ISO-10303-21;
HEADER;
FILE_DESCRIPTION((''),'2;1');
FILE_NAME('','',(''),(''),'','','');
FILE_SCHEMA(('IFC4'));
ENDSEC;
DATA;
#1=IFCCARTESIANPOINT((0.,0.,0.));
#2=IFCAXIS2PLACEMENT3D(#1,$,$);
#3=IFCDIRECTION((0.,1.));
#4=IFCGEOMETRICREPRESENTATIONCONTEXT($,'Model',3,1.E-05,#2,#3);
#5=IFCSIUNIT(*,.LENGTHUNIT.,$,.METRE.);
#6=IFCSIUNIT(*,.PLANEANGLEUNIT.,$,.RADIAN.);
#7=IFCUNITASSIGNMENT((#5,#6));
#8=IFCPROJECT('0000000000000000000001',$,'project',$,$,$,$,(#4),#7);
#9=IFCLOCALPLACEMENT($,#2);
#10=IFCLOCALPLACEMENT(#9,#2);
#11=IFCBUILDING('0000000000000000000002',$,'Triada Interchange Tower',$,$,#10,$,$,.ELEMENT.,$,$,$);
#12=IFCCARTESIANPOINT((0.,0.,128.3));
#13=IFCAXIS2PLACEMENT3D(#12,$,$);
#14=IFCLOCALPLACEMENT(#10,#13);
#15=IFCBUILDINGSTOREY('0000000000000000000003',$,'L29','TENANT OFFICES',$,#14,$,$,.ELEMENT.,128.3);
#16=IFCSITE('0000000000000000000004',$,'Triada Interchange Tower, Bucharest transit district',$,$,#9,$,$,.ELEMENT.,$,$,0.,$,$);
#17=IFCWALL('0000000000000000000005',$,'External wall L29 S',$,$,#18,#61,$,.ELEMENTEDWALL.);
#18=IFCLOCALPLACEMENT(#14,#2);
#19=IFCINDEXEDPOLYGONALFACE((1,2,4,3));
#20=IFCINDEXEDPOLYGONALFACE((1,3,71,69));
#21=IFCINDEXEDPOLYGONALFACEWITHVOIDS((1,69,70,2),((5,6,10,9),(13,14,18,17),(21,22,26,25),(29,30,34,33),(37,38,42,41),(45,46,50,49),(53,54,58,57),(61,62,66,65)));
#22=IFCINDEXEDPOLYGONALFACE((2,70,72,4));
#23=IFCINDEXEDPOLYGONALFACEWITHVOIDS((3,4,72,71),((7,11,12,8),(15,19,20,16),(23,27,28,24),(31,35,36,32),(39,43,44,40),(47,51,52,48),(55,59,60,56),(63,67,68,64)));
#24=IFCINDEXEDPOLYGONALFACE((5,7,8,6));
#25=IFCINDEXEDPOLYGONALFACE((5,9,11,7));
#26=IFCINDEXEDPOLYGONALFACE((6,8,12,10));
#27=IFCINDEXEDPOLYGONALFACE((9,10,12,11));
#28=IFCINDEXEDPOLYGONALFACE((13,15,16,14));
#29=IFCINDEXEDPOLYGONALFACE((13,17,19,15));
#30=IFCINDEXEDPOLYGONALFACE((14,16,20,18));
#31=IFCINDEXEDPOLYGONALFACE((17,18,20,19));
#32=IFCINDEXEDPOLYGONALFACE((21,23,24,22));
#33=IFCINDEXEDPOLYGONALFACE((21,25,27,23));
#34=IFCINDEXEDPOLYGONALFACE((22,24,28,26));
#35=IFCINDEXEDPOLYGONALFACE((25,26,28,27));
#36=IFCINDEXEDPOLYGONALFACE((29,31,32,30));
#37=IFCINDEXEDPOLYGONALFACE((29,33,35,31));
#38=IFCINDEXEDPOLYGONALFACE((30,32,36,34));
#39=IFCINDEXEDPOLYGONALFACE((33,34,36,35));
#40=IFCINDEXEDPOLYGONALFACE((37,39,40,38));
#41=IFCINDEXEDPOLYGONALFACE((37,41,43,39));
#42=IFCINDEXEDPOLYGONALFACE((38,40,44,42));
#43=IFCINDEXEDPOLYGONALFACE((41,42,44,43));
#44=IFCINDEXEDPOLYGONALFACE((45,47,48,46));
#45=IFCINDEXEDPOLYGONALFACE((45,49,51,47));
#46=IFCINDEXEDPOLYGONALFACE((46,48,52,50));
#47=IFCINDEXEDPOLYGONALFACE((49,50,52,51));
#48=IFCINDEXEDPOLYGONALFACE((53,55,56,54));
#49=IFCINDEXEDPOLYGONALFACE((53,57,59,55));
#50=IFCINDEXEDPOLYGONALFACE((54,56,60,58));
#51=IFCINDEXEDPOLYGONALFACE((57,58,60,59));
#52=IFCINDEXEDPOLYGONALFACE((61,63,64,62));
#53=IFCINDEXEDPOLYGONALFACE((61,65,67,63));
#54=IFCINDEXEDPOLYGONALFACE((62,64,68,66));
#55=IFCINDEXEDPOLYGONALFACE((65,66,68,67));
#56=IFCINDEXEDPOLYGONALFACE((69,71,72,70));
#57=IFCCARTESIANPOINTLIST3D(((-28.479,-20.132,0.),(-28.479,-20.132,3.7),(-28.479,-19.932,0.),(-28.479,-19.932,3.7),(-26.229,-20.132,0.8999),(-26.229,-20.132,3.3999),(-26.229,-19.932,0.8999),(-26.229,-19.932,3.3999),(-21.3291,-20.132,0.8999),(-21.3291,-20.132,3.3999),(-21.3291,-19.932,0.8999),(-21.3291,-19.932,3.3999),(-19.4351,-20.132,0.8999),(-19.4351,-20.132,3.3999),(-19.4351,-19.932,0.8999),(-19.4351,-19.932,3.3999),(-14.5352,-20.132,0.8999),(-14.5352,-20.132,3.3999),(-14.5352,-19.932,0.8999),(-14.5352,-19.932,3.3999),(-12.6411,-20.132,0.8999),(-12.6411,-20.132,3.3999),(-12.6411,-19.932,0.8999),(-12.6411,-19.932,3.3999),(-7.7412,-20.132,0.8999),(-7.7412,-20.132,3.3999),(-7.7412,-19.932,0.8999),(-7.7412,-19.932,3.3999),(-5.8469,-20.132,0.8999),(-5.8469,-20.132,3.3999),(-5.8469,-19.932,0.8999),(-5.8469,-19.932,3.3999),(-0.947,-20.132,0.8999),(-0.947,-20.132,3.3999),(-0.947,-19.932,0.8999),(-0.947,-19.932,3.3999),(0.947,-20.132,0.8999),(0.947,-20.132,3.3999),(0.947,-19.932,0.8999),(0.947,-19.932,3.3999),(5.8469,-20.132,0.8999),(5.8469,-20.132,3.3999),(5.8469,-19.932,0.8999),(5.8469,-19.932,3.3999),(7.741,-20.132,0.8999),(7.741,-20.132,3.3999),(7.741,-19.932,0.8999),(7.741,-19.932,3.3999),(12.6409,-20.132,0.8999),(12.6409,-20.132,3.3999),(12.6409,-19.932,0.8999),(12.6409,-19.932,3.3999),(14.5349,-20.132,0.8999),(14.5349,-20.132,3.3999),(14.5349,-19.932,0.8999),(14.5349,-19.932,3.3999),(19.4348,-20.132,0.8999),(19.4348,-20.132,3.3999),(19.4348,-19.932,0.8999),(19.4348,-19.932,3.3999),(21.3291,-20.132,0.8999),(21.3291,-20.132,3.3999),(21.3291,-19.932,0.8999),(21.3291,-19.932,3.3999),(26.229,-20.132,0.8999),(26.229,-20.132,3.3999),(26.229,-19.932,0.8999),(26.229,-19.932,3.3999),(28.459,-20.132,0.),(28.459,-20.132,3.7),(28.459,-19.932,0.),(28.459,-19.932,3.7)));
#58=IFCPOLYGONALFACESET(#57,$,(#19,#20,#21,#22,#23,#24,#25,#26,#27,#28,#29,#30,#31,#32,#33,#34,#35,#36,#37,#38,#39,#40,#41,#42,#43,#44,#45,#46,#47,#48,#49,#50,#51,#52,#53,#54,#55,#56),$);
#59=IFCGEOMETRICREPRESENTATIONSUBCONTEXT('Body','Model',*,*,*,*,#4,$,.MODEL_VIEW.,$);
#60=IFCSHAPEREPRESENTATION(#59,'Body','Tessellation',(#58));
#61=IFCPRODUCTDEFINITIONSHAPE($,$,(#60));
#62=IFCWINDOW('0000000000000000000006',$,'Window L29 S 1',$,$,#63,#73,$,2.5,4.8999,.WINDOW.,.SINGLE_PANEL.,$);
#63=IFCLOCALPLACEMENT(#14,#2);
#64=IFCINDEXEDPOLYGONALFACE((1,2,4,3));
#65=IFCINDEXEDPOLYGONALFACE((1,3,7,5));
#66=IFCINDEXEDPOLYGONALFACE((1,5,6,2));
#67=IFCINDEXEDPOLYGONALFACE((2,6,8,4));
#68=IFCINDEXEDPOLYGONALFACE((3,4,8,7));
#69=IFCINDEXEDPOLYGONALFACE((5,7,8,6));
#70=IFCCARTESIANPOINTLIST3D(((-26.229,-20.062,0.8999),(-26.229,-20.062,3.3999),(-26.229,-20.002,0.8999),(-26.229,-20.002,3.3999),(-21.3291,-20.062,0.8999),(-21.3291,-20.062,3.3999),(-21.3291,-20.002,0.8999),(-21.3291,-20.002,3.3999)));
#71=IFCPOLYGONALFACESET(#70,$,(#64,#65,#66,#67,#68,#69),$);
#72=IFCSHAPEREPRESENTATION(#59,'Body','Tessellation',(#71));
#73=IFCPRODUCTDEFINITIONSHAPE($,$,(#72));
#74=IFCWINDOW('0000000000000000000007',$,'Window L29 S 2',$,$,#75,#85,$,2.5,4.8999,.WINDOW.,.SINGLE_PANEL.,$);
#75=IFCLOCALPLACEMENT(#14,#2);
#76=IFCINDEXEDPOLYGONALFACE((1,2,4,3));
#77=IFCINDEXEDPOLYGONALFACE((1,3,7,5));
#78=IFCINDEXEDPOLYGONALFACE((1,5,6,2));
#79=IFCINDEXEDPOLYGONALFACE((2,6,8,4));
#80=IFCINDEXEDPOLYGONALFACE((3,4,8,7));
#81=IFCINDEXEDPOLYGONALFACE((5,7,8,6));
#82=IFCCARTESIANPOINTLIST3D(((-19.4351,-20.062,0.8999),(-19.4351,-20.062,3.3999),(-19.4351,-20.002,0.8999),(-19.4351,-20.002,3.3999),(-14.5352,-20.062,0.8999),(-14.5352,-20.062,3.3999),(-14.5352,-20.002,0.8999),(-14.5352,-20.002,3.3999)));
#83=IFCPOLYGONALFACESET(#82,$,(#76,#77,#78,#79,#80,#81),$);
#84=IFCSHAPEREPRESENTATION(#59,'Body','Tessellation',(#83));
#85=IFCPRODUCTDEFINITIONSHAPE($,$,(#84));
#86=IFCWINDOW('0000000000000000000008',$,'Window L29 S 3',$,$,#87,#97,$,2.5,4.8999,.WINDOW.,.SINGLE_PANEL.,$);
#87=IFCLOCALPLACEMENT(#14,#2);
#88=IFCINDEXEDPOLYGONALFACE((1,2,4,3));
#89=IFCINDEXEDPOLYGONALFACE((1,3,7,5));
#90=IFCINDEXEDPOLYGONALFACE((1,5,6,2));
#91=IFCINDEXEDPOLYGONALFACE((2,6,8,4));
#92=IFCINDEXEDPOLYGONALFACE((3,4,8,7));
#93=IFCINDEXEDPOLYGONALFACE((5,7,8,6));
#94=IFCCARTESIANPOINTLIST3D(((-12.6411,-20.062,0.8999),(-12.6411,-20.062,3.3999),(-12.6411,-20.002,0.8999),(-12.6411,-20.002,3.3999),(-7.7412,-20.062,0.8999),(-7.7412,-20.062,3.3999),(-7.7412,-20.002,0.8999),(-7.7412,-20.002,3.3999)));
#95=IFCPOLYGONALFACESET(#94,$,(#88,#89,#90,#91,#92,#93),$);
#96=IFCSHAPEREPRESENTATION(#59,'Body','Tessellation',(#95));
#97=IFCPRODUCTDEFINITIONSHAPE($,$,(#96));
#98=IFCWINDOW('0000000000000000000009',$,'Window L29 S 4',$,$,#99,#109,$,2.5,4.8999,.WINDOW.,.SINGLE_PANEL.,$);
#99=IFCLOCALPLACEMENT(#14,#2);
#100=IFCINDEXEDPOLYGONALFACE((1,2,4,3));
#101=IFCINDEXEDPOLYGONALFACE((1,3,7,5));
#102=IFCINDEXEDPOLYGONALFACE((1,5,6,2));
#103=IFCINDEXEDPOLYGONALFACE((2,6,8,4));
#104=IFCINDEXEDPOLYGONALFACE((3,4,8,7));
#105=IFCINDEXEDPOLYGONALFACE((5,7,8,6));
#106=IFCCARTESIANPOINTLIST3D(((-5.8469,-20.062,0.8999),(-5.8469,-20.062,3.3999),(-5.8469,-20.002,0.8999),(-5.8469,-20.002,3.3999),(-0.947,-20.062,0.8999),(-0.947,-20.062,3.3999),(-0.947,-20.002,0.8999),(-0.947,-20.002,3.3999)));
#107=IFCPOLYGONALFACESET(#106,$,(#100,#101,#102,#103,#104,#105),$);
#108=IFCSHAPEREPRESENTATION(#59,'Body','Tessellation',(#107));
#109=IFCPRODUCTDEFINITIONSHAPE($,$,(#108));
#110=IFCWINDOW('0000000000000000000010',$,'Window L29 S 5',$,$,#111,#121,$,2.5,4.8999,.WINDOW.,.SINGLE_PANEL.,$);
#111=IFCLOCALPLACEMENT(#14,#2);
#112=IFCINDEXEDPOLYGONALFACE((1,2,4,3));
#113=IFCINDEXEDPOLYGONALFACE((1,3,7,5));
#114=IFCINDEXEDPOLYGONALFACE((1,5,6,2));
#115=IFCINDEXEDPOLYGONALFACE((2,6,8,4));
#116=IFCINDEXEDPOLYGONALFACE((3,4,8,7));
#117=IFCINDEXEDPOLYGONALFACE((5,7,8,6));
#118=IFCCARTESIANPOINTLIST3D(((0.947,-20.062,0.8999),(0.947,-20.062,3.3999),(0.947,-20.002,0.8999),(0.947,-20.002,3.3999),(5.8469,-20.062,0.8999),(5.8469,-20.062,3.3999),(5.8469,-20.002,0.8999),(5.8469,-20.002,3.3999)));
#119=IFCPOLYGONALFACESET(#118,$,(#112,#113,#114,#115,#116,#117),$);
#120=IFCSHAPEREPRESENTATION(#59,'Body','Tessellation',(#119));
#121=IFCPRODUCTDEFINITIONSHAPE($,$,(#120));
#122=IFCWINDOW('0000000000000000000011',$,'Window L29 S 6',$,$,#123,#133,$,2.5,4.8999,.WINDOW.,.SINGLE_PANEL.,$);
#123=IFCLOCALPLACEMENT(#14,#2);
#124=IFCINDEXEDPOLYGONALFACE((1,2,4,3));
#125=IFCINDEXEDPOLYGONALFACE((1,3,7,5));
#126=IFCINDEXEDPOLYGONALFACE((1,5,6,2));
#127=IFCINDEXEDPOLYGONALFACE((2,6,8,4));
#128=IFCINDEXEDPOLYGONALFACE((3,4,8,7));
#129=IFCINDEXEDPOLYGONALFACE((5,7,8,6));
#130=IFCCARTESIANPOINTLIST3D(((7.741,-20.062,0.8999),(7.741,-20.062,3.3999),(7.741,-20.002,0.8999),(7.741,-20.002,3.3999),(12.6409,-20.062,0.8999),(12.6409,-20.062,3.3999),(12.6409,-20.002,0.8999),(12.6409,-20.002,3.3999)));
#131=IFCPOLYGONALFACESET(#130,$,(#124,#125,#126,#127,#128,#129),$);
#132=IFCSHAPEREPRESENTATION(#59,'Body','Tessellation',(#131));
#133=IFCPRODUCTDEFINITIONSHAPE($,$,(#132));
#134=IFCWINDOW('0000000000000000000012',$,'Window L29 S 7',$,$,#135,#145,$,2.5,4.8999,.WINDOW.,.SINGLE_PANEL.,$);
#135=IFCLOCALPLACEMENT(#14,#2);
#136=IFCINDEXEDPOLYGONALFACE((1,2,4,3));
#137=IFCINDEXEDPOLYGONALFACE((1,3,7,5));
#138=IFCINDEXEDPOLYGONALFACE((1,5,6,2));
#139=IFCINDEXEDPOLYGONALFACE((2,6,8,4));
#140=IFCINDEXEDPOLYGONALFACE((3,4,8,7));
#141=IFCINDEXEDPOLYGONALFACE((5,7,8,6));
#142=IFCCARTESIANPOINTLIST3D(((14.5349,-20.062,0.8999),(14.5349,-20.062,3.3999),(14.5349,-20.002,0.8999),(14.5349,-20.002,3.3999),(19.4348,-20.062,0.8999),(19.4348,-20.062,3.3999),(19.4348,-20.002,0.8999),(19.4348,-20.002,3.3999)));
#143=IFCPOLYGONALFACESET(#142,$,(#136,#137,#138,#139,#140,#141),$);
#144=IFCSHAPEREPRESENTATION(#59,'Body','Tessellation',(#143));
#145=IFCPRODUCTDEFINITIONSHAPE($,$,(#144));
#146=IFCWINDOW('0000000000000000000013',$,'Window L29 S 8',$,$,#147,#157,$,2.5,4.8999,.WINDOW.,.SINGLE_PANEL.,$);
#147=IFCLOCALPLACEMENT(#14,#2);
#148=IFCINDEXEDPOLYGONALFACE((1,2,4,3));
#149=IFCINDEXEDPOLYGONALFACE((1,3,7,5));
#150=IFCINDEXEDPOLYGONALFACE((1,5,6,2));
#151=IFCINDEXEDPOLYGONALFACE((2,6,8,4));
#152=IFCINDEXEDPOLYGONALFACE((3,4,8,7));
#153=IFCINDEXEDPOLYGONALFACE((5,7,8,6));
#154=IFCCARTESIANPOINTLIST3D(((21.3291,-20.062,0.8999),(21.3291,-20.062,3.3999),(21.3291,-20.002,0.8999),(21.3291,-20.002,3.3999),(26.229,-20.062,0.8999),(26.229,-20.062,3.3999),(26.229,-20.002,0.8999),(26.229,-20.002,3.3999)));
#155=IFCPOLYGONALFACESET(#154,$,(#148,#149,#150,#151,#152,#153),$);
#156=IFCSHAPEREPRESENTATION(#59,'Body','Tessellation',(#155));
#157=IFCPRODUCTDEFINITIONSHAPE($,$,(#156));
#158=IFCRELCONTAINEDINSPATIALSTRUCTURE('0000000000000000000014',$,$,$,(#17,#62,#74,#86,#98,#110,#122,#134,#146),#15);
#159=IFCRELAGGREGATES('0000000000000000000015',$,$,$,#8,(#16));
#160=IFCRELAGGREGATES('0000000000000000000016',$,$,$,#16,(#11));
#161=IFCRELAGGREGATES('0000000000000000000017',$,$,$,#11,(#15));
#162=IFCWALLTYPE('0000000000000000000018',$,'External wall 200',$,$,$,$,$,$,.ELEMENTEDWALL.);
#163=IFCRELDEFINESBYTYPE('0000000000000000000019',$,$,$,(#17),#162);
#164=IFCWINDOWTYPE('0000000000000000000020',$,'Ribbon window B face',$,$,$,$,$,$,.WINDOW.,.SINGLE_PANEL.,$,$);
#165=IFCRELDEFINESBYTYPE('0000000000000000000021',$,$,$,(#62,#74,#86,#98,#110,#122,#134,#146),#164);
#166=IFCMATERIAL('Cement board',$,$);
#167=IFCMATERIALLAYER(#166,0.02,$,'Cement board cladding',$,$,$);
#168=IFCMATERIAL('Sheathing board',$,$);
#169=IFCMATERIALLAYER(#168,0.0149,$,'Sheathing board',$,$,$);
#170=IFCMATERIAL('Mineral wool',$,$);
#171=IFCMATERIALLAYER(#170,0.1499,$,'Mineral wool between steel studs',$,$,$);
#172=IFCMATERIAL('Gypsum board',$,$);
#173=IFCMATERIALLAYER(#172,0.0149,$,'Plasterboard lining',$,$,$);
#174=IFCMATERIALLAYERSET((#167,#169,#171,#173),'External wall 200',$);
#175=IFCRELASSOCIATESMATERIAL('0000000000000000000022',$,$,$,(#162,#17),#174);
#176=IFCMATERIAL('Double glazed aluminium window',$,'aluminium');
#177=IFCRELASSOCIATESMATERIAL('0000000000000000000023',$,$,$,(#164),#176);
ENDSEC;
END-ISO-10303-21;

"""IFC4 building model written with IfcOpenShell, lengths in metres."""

from ifc_helpers import new_model, si_unit, direction, frame, frame_2d, origin, place, context, subcontext, project, spatial, rectangle, extrude, material, layer, layer_set, layer_usage, type_object, element, fill, save


model = new_model("IFC4")

# Units and contexts
model_context = context("Model", 3, precision=1e-05, world=origin(), true_north=direction((0.0, 1.0)))
body_context = subcontext(model_context, "Body", "Model", "MODEL_VIEW")
ifc_project = project(units=[si_unit("LENGTHUNIT", "METRE"), si_unit("PLANEANGLEUNIT", "RADIAN")], contexts=[model_context])

# Site, building, storey
site_placement = place(None, origin())
site = spatial("IfcSite", under=ifc_project, at=site_placement, Name="Triada Interchange Tower, Bucharest transit district", CompositionType="ELEMENT", RefElevation=0.0)
building_placement = place(site_placement, origin())
building = spatial("IfcBuilding", under=site, at=building_placement, Name="Triada Interchange Tower", CompositionType="ELEMENT")
storey_placement = place(building_placement, frame((0.0, 0.0, 128.3)))
storey = spatial("IfcBuildingStorey", under=building, at=storey_placement, Name="L29", Description="TENANT OFFICES", CompositionType="ELEMENT", Elevation=128.3)

# Shared definitions
ifc_material_1 = material(Name="Cement board")
ifc_layer_1 = layer(ifc_material_1, 0.02, Name="Cement board cladding")
ifc_material_2 = material(Name="Sheathing board")
ifc_layer_2 = layer(ifc_material_2, 0.0149, Name="Sheathing board")
ifc_material_3 = material(Name="Mineral wool")
ifc_layer_3 = layer(ifc_material_3, 0.1499, Name="Mineral wool between steel studs")
ifc_material_4 = material(Name="Gypsum board")
ifc_layer_4 = layer(ifc_material_4, 0.0149, Name="Plasterboard lining")
ifc_layer_set_1 = layer_set([ifc_layer_1, ifc_layer_2, ifc_layer_3, ifc_layer_4], Name="External wall 200")
ifc_layer_usage = layer_usage(ifc_layer_set_1, "AXIS2", "POSITIVE", -0.1001)
wall_type_1 = type_object("IfcWallType", Name="External wall 200", PredefinedType="ELEMENTEDWALL", material=ifc_layer_set_1)
ifc_material_5 = material(Name="Double glazed aluminium window", Category="aluminium")

# Wall, openings, windows
wall_1_placement = place(storey_placement, frame((-28.479, -20.032, 0.0), z_axis=(0.0, 0.0, 1.0), x_axis=(1.0, 0.0, 0.0)))
wall_1 = element("IfcWall", 1, at=wall_1_placement, inside=storey, type_object=wall_type_1, material=ifc_layer_usage, Name="External wall L29 S", PredefinedType="ELEMENTEDWALL", context=body_context, shape_type="SweptSolid", body=[
    extrude(rectangle(XDim=56.938, YDim=0.2, at=frame_2d((28.469, 0.0))), origin(), (0.0, 0.0, 1.0), 3.7),
])
opening_1_placement = place(wall_1_placement, frame((2.25, 0.0, 0.8999)))
opening_1 = element("IfcOpeningElement", 2, at=opening_1_placement, cuts=wall_1, PredefinedType="OPENING", context=body_context, shape_type="SweptSolid", body=[
    extrude(rectangle(XDim=4.8999, YDim=2.5, at=frame_2d((2.45, 1.25))), frame((0.0, 0.1099, 0.0), z_axis=(0.0, -1.0, 0.0), x_axis=(1.0, 0.0, 0.0)), (0.0, 0.0, 1.0), 0.22),
])
opening_2_placement = place(wall_1_placement, frame((9.0439, 0.0, 0.8999)))
opening_2 = element("IfcOpeningElement", 3, at=opening_2_placement, cuts=wall_1, PredefinedType="OPENING", context=body_context, shape_type="SweptSolid", body=[
    extrude(rectangle(XDim=4.8999, YDim=2.5, at=frame_2d((2.45, 1.25))), frame((0.0, 0.1099, 0.0), z_axis=(0.0, -1.0, 0.0), x_axis=(1.0, 0.0, 0.0)), (0.0, 0.0, 1.0), 0.22),
])
opening_3_placement = place(wall_1_placement, frame((15.8379, 0.0, 0.8999)))
opening_3 = element("IfcOpeningElement", 4, at=opening_3_placement, cuts=wall_1, PredefinedType="OPENING", context=body_context, shape_type="SweptSolid", body=[
    extrude(rectangle(XDim=4.8999, YDim=2.5, at=frame_2d((2.45, 1.25))), frame((0.0, 0.1099, 0.0), z_axis=(0.0, -1.0, 0.0), x_axis=(1.0, 0.0, 0.0)), (0.0, 0.0, 1.0), 0.22),
])
opening_4_placement = place(wall_1_placement, frame((22.6321, 0.0, 0.8999)))
opening_4 = element("IfcOpeningElement", 5, at=opening_4_placement, cuts=wall_1, PredefinedType="OPENING", context=body_context, shape_type="SweptSolid", body=[
    extrude(rectangle(XDim=4.8999, YDim=2.5, at=frame_2d((2.45, 1.25))), frame((0.0, 0.1099, 0.0), z_axis=(0.0, -1.0, 0.0), x_axis=(1.0, 0.0, 0.0)), (0.0, 0.0, 1.0), 0.22),
])
opening_5_placement = place(wall_1_placement, frame((29.426, 0.0, 0.8999)))
opening_5 = element("IfcOpeningElement", 6, at=opening_5_placement, cuts=wall_1, PredefinedType="OPENING", context=body_context, shape_type="SweptSolid", body=[
    extrude(rectangle(XDim=4.8999, YDim=2.5, at=frame_2d((2.45, 1.25))), frame((0.0, 0.1099, 0.0), z_axis=(0.0, -1.0, 0.0), x_axis=(1.0, 0.0, 0.0)), (0.0, 0.0, 1.0), 0.22),
])
opening_6_placement = place(wall_1_placement, frame((36.22, 0.0, 0.8999)))
opening_6 = element("IfcOpeningElement", 7, at=opening_6_placement, cuts=wall_1, PredefinedType="OPENING", context=body_context, shape_type="SweptSolid", body=[
    extrude(rectangle(XDim=4.8999, YDim=2.5, at=frame_2d((2.45, 1.25))), frame((0.0, 0.1099, 0.0), z_axis=(0.0, -1.0, 0.0), x_axis=(1.0, 0.0, 0.0)), (0.0, 0.0, 1.0), 0.22),
])
opening_7_placement = place(wall_1_placement, frame((43.0139, 0.0, 0.8999)))
opening_7 = element("IfcOpeningElement", 8, at=opening_7_placement, cuts=wall_1, PredefinedType="OPENING", context=body_context, shape_type="SweptSolid", body=[
    extrude(rectangle(XDim=4.8999, YDim=2.5, at=frame_2d((2.45, 1.25))), frame((0.0, 0.1099, 0.0), z_axis=(0.0, -1.0, 0.0), x_axis=(1.0, 0.0, 0.0)), (0.0, 0.0, 1.0), 0.22),
])
opening_8_placement = place(wall_1_placement, frame((49.8081, 0.0, 0.8999)))
opening_8 = element("IfcOpeningElement", 9, at=opening_8_placement, cuts=wall_1, PredefinedType="OPENING", context=body_context, shape_type="SweptSolid", body=[
    extrude(rectangle(XDim=4.8999, YDim=2.5, at=frame_2d((2.45, 1.25))), frame((0.0, 0.1099, 0.0), z_axis=(0.0, -1.0, 0.0), x_axis=(1.0, 0.0, 0.0)), (0.0, 0.0, 1.0), 0.22),
])
window_type_1 = type_object("IfcWindowType", Name="Ribbon window B face", PartitioningType="SINGLE_PANEL", PredefinedType="WINDOW", material=ifc_material_5)
window_1_placement = place(opening_1_placement, origin())
window_1 = element("IfcWindow", 10, at=window_1_placement, inside=storey, type_object=window_type_1, Name="Window L29 S 1", OverallHeight=2.5, OverallWidth=4.8999, PartitioningType="SINGLE_PANEL", PredefinedType="WINDOW", context=body_context, shape_type="SweptSolid", body=[
    extrude(rectangle(XDim=4.8999, YDim=2.5, at=frame_2d((2.45, 1.25))), frame((0.0, 0.03, 0.0), z_axis=(0.0, -1.0, 0.0), x_axis=(1.0, 0.0, 0.0)), (0.0, 0.0, 1.0), 0.0601),
])
fill(opening_1, window_1)
window_2_placement = place(opening_2_placement, origin())
window_2 = element("IfcWindow", 11, at=window_2_placement, inside=storey, type_object=window_type_1, Name="Window L29 S 2", OverallHeight=2.5, OverallWidth=4.8999, PartitioningType="SINGLE_PANEL", PredefinedType="WINDOW", context=body_context, shape_type="SweptSolid", body=[
    extrude(rectangle(XDim=4.8999, YDim=2.5, at=frame_2d((2.45, 1.25))), frame((0.0, 0.03, 0.0), z_axis=(0.0, -1.0, 0.0), x_axis=(1.0, 0.0, 0.0)), (0.0, 0.0, 1.0), 0.0601),
])
fill(opening_2, window_2)
window_3_placement = place(opening_3_placement, origin())
window_3 = element("IfcWindow", 12, at=window_3_placement, inside=storey, type_object=window_type_1, Name="Window L29 S 3", OverallHeight=2.5, OverallWidth=4.8999, PartitioningType="SINGLE_PANEL", PredefinedType="WINDOW", context=body_context, shape_type="SweptSolid", body=[
    extrude(rectangle(XDim=4.8999, YDim=2.5, at=frame_2d((2.45, 1.25))), frame((0.0, 0.03, 0.0), z_axis=(0.0, -1.0, 0.0), x_axis=(1.0, 0.0, 0.0)), (0.0, 0.0, 1.0), 0.0601),
])
fill(opening_3, window_3)
window_4_placement = place(opening_4_placement, origin())
window_4 = element("IfcWindow", 13, at=window_4_placement, inside=storey, type_object=window_type_1, Name="Window L29 S 4", OverallHeight=2.5, OverallWidth=4.8999, PartitioningType="SINGLE_PANEL", PredefinedType="WINDOW", context=body_context, shape_type="SweptSolid", body=[
    extrude(rectangle(XDim=4.8999, YDim=2.5, at=frame_2d((2.45, 1.25))), frame((0.0, 0.03, 0.0), z_axis=(0.0, -1.0, 0.0), x_axis=(1.0, 0.0, 0.0)), (0.0, 0.0, 1.0), 0.0601),
])
fill(opening_4, window_4)
window_5_placement = place(opening_5_placement, origin())
window_5 = element("IfcWindow", 14, at=window_5_placement, inside=storey, type_object=window_type_1, Name="Window L29 S 5", OverallHeight=2.5, OverallWidth=4.8999, PartitioningType="SINGLE_PANEL", PredefinedType="WINDOW", context=body_context, shape_type="SweptSolid", body=[
    extrude(rectangle(XDim=4.8999, YDim=2.5, at=frame_2d((2.45, 1.25))), frame((0.0, 0.03, 0.0), z_axis=(0.0, -1.0, 0.0), x_axis=(1.0, 0.0, 0.0)), (0.0, 0.0, 1.0), 0.0601),
])
fill(opening_5, window_5)
window_6_placement = place(opening_6_placement, origin())
window_6 = element("IfcWindow", 15, at=window_6_placement, inside=storey, type_object=window_type_1, Name="Window L29 S 6", OverallHeight=2.5, OverallWidth=4.8999, PartitioningType="SINGLE_PANEL", PredefinedType="WINDOW", context=body_context, shape_type="SweptSolid", body=[
    extrude(rectangle(XDim=4.8999, YDim=2.5, at=frame_2d((2.45, 1.25))), frame((0.0, 0.03, 0.0), z_axis=(0.0, -1.0, 0.0), x_axis=(1.0, 0.0, 0.0)), (0.0, 0.0, 1.0), 0.0601),
])
fill(opening_6, window_6)
window_7_placement = place(opening_7_placement, origin())
window_7 = element("IfcWindow", 16, at=window_7_placement, inside=storey, type_object=window_type_1, Name="Window L29 S 7", OverallHeight=2.5, OverallWidth=4.8999, PartitioningType="SINGLE_PANEL", PredefinedType="WINDOW", context=body_context, shape_type="SweptSolid", body=[
    extrude(rectangle(XDim=4.8999, YDim=2.5, at=frame_2d((2.45, 1.25))), frame((0.0, 0.03, 0.0), z_axis=(0.0, -1.0, 0.0), x_axis=(1.0, 0.0, 0.0)), (0.0, 0.0, 1.0), 0.0601),
])
fill(opening_7, window_7)
window_8_placement = place(opening_8_placement, origin())
window_8 = element("IfcWindow", 17, at=window_8_placement, inside=storey, type_object=window_type_1, Name="Window L29 S 8", OverallHeight=2.5, OverallWidth=4.8999, PartitioningType="SINGLE_PANEL", PredefinedType="WINDOW", context=body_context, shape_type="SweptSolid", body=[
    extrude(rectangle(XDim=4.8999, YDim=2.5, at=frame_2d((2.45, 1.25))), frame((0.0, 0.03, 0.0), z_axis=(0.0, -1.0, 0.0), x_axis=(1.0, 0.0, 0.0)), (0.0, 0.0, 1.0), 0.0601),
])
fill(opening_8, window_8)

save(model, "model.ifc")
